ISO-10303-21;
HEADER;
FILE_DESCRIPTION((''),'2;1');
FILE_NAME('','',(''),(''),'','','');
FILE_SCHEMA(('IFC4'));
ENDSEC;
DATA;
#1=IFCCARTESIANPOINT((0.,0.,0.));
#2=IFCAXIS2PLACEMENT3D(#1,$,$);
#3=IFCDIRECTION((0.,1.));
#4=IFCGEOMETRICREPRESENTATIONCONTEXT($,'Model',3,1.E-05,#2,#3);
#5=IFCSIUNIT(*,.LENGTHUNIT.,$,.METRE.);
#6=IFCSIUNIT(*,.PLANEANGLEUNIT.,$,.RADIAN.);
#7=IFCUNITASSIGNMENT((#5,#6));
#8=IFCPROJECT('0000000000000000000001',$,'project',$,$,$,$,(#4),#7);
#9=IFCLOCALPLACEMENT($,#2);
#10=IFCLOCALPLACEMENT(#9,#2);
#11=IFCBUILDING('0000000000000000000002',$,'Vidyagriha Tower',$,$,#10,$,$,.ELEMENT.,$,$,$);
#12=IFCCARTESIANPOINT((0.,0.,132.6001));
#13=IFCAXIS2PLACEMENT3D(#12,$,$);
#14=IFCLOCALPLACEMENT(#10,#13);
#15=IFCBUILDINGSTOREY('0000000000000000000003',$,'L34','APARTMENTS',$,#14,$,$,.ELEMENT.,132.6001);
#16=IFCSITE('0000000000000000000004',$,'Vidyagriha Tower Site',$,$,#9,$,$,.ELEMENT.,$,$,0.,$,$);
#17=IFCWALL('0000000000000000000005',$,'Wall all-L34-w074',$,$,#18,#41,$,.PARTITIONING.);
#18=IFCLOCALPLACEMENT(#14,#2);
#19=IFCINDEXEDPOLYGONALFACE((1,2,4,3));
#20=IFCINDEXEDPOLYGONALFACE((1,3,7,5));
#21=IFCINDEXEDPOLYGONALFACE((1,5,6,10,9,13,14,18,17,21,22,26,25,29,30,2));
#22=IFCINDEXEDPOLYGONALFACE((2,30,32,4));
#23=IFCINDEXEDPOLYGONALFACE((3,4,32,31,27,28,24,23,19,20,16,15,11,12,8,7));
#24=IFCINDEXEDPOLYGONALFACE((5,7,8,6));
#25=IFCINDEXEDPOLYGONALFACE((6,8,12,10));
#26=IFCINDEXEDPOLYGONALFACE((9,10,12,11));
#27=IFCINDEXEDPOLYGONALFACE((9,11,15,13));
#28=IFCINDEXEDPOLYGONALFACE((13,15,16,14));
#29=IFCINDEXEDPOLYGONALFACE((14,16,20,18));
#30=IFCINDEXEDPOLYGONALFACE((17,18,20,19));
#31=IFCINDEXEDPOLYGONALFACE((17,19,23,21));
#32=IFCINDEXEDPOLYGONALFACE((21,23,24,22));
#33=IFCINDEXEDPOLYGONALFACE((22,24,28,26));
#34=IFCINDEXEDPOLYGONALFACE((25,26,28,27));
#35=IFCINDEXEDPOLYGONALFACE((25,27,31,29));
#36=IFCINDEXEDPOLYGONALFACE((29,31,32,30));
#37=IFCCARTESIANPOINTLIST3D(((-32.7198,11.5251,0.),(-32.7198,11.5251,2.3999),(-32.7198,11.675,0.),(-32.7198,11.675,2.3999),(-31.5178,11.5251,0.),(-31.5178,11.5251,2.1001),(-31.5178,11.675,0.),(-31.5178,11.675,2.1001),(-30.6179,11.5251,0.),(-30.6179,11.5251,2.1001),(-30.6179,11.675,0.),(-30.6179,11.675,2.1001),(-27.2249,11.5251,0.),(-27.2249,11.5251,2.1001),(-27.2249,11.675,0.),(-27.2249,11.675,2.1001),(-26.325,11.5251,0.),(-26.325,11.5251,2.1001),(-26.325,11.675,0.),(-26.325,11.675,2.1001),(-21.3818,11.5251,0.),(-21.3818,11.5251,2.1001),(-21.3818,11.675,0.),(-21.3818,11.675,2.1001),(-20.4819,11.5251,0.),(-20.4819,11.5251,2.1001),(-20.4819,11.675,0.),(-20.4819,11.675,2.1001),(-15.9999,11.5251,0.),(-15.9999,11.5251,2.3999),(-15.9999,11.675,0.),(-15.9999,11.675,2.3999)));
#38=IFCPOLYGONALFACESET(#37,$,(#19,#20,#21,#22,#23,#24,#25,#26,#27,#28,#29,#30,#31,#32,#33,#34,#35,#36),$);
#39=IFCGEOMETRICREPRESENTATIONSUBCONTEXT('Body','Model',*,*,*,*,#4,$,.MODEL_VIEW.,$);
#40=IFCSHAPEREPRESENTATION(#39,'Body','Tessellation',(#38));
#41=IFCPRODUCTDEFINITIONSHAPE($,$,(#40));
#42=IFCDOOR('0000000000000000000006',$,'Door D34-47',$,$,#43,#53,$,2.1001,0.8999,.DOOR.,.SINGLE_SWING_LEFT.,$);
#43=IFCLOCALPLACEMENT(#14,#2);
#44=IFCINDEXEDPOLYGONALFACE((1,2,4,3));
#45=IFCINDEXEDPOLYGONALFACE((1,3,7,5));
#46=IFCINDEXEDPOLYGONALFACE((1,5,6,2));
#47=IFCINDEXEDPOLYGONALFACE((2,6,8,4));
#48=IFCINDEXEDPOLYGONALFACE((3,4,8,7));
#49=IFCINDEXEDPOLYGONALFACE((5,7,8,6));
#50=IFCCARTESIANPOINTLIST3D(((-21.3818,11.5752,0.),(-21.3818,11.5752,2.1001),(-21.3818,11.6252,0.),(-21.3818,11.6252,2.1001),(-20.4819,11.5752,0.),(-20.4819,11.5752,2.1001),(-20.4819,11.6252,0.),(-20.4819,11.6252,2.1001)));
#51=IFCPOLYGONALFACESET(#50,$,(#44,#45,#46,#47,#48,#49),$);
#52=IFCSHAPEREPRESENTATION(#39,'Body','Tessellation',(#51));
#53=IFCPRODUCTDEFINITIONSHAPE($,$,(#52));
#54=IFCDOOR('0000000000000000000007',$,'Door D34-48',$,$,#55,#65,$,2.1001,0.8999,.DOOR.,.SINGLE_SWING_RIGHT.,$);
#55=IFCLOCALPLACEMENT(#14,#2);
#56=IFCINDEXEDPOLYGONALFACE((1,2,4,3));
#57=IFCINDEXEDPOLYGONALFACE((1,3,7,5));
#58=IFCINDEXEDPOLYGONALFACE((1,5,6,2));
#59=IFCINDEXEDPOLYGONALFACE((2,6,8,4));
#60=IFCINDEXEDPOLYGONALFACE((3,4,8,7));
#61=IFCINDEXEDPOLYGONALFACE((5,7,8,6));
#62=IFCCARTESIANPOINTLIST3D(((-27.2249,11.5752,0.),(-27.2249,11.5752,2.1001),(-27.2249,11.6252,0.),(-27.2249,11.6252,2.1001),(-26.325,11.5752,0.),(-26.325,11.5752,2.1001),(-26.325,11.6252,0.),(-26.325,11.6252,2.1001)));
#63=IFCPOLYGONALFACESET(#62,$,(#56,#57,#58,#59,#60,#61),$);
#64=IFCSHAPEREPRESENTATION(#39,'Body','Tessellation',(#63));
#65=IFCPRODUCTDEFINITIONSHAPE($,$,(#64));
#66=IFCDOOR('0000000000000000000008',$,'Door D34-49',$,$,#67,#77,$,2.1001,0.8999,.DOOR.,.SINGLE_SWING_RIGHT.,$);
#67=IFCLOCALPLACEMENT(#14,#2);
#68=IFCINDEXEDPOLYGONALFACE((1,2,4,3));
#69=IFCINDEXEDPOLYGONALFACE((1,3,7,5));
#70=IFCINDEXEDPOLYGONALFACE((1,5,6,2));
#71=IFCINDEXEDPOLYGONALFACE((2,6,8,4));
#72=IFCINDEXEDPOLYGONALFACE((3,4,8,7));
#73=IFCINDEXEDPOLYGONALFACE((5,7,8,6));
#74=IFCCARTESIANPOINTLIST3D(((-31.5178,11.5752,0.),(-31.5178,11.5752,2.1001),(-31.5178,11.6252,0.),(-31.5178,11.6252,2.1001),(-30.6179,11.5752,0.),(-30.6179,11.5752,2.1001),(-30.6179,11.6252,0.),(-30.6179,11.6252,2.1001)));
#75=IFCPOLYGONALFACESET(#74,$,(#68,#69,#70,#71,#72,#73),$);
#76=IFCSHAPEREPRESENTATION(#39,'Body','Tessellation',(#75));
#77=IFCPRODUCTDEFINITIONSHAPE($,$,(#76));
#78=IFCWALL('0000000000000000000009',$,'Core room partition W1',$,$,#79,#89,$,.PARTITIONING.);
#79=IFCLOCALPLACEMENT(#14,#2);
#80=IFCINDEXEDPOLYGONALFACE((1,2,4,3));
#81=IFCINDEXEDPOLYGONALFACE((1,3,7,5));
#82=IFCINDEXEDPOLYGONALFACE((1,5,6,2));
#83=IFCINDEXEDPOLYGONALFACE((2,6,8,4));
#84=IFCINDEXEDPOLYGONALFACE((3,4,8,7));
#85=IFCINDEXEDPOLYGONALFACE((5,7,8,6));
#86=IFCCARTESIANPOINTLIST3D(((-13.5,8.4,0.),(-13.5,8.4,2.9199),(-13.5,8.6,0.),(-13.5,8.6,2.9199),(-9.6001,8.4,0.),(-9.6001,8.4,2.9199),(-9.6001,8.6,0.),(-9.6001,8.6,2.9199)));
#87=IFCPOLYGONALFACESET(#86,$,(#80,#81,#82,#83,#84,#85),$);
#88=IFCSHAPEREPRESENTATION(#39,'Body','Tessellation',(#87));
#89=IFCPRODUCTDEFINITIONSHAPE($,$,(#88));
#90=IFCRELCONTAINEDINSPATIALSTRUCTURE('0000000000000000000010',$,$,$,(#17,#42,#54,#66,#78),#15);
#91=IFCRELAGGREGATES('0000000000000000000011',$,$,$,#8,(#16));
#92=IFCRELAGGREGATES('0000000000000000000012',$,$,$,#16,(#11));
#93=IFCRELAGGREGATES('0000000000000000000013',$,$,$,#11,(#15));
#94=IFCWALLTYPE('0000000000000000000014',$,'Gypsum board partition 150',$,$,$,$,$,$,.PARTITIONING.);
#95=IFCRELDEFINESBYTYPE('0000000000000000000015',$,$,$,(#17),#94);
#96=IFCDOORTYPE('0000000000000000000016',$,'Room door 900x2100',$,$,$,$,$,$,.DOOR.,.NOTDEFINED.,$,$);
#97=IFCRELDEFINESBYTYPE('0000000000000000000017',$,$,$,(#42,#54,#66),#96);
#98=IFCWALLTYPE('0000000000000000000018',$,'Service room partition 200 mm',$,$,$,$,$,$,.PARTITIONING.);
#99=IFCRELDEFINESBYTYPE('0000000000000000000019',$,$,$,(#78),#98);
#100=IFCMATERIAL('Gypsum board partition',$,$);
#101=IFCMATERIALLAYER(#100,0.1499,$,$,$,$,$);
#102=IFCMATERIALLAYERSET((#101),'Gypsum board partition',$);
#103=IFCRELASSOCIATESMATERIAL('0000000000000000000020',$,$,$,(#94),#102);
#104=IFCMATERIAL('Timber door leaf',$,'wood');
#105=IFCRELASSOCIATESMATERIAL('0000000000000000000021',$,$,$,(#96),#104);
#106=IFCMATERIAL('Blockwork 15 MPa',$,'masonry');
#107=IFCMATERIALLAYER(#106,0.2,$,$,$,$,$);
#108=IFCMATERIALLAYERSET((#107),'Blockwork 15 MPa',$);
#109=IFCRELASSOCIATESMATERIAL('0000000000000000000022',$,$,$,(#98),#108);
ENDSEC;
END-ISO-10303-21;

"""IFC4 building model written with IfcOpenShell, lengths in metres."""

from ifc_helpers import new_model, si_unit, direction, frame, frame_2d, origin, place, context, subcontext, project, spatial, rectangle, extrude, material, layer, layer_set, type_object, element, fill, save


model = new_model("IFC4")

# Units and contexts
model_context = context("Model", 3, precision=1e-05, world=origin(), true_north=direction((0.0, 1.0)))
body_context = subcontext(model_context, "Body", "Model", "MODEL_VIEW")
ifc_project = project(units=[si_unit("LENGTHUNIT", "METRE"), si_unit("PLANEANGLEUNIT", "RADIAN")], contexts=[model_context])

# Site, building, storey
site_placement = place(None, origin())
site = spatial("IfcSite", under=ifc_project, at=site_placement, Name="Vidyagriha Tower Site", CompositionType="ELEMENT", RefElevation=0.0)
building_placement = place(site_placement, origin())
building = spatial("IfcBuilding", under=site, at=building_placement, Name="Vidyagriha Tower", CompositionType="ELEMENT")
storey_placement = place(building_placement, frame((0.0, 0.0, 132.6001)))
storey = spatial("IfcBuildingStorey", under=building, at=storey_placement, Name="L34", Description="APARTMENTS", CompositionType="ELEMENT", Elevation=132.6001)

# Shared definitions
ifc_material_1 = material(Name="Gypsum board partition")
ifc_layer_1 = layer(ifc_material_1, 0.1499)
ifc_layer_set_1 = layer_set([ifc_layer_1], Name="Gypsum board partition")
wall_type_1 = type_object("IfcWallType", Name="Gypsum board partition 150", PredefinedType="PARTITIONING", material=ifc_layer_set_1)

# Wall, openings, doors
wall_1_placement = place(storey_placement, frame((-16.0, 11.6001, 0.0), z_axis=(0.0, 0.0, 1.0), x_axis=(-1.0, 0.0, 0.0)))
wall_1 = element("IfcWall", 1, at=wall_1_placement, inside=storey, type_object=wall_type_1, Name="Wall all-L34-w074", PredefinedType="PARTITIONING", context=body_context, shape_type="SweptSolid", body=[
    extrude(rectangle(XDim=16.72, YDim=0.1499, at=frame_2d((8.3599, 0.0))), origin(), (0.0, 0.0, 1.0), 2.3999),
])
opening_1_placement = place(wall_1_placement, frame((4.4819, 0.0, 0.0)))
opening_1 = element("IfcOpeningElement", 2, at=opening_1_placement, cuts=wall_1, PredefinedType="OPENING", context=body_context, shape_type="SweptSolid", body=[
    extrude(rectangle(XDim=0.8999, YDim=2.1001, at=frame_2d((0.45, 1.05))), frame((0.0, 0.085, 0.0), z_axis=(0.0, -1.0, 0.0), x_axis=(1.0, 0.0, 0.0)), (0.0, 0.0, 1.0), 0.1699),
])
opening_2_placement = place(wall_1_placement, frame((10.325, 0.0, 0.0)))
opening_2 = element("IfcOpeningElement", 3, at=opening_2_placement, cuts=wall_1, PredefinedType="OPENING", context=body_context, shape_type="SweptSolid", body=[
    extrude(rectangle(XDim=0.8999, YDim=2.1001, at=frame_2d((0.45, 1.05))), frame((0.0, 0.085, 0.0), z_axis=(0.0, -1.0, 0.0), x_axis=(1.0, 0.0, 0.0)), (0.0, 0.0, 1.0), 0.1699),
])
opening_3_placement = place(wall_1_placement, frame((14.6179, 0.0, 0.0)))
opening_3 = element("IfcOpeningElement", 4, at=opening_3_placement, cuts=wall_1, PredefinedType="OPENING", context=body_context, shape_type="SweptSolid", body=[
    extrude(rectangle(XDim=0.8999, YDim=2.1001, at=frame_2d((0.45, 1.05))), frame((0.0, 0.085, 0.0), z_axis=(0.0, -1.0, 0.0), x_axis=(1.0, 0.0, 0.0)), (0.0, 0.0, 1.0), 0.1699),
])
ifc_material_2 = material(Name="Timber door leaf", Category="wood")
door_type_1 = type_object("IfcDoorType", Name="Room door 900x2100", OperationType="NOTDEFINED", PredefinedType="DOOR", material=ifc_material_2)
door_1_placement = place(opening_1_placement, origin())
door_1 = element("IfcDoor", 5, at=door_1_placement, inside=storey, type_object=door_type_1, Name="Door D34-47", OperationType="SINGLE_SWING_LEFT", OverallHeight=2.1001, OverallWidth=0.8999, PredefinedType="DOOR", context=body_context, shape_type="SweptSolid", body=[
    extrude(rectangle(XDim=0.8999, YDim=2.1001, at=frame_2d((0.45, 1.05))), frame((0.0, 0.0249, 0.0), z_axis=(0.0, -1.0, 0.0), x_axis=(1.0, 0.0, 0.0)), (0.0, 0.0, 1.0), 0.05),
])
fill(opening_1, door_1)
door_2_placement = place(opening_2_placement, origin())
door_2 = element("IfcDoor", 6, at=door_2_placement, inside=storey, type_object=door_type_1, Name="Door D34-48", OperationType="SINGLE_SWING_RIGHT", OverallHeight=2.1001, OverallWidth=0.8999, PredefinedType="DOOR", context=body_context, shape_type="SweptSolid", body=[
    extrude(rectangle(XDim=0.8999, YDim=2.1001, at=frame_2d((0.45, 1.05))), frame((0.0, 0.0249, 0.0), z_axis=(0.0, -1.0, 0.0), x_axis=(1.0, 0.0, 0.0)), (0.0, 0.0, 1.0), 0.05),
])
fill(opening_2, door_2)
door_3_placement = place(opening_3_placement, origin())
door_3 = element("IfcDoor", 7, at=door_3_placement, inside=storey, type_object=door_type_1, Name="Door D34-49", OperationType="SINGLE_SWING_RIGHT", OverallHeight=2.1001, OverallWidth=0.8999, PredefinedType="DOOR", context=body_context, shape_type="SweptSolid", body=[
    extrude(rectangle(XDim=0.8999, YDim=2.1001, at=frame_2d((0.45, 1.05))), frame((0.0, 0.0249, 0.0), z_axis=(0.0, -1.0, 0.0), x_axis=(1.0, 0.0, 0.0)), (0.0, 0.0, 1.0), 0.05),
])
fill(opening_3, door_3)

# Wall
ifc_material_3 = material(Name="Blockwork 15 MPa", Category="masonry")
ifc_layer_2 = layer(ifc_material_3, 0.2)
ifc_layer_set_2 = layer_set([ifc_layer_2], Name="Blockwork 15 MPa")
wall_type_2 = type_object("IfcWallType", Name="Service room partition 200 mm", PredefinedType="PARTITIONING", material=ifc_layer_set_2)
wall_2_placement = place(storey_placement, frame((-13.5, 8.5, 0.0)))
element("IfcWall", 8, at=wall_2_placement, inside=storey, type_object=wall_type_2, Name="Core room partition W1", PredefinedType="PARTITIONING", context=body_context, shape_type="SweptSolid", body=[
    extrude(rectangle(XDim=3.8999, YDim=0.2, at=frame_2d((1.95, 0.0))), origin(), (0.0, 0.0, 1.0), 2.9199),
])

save(model, "model.ifc")
